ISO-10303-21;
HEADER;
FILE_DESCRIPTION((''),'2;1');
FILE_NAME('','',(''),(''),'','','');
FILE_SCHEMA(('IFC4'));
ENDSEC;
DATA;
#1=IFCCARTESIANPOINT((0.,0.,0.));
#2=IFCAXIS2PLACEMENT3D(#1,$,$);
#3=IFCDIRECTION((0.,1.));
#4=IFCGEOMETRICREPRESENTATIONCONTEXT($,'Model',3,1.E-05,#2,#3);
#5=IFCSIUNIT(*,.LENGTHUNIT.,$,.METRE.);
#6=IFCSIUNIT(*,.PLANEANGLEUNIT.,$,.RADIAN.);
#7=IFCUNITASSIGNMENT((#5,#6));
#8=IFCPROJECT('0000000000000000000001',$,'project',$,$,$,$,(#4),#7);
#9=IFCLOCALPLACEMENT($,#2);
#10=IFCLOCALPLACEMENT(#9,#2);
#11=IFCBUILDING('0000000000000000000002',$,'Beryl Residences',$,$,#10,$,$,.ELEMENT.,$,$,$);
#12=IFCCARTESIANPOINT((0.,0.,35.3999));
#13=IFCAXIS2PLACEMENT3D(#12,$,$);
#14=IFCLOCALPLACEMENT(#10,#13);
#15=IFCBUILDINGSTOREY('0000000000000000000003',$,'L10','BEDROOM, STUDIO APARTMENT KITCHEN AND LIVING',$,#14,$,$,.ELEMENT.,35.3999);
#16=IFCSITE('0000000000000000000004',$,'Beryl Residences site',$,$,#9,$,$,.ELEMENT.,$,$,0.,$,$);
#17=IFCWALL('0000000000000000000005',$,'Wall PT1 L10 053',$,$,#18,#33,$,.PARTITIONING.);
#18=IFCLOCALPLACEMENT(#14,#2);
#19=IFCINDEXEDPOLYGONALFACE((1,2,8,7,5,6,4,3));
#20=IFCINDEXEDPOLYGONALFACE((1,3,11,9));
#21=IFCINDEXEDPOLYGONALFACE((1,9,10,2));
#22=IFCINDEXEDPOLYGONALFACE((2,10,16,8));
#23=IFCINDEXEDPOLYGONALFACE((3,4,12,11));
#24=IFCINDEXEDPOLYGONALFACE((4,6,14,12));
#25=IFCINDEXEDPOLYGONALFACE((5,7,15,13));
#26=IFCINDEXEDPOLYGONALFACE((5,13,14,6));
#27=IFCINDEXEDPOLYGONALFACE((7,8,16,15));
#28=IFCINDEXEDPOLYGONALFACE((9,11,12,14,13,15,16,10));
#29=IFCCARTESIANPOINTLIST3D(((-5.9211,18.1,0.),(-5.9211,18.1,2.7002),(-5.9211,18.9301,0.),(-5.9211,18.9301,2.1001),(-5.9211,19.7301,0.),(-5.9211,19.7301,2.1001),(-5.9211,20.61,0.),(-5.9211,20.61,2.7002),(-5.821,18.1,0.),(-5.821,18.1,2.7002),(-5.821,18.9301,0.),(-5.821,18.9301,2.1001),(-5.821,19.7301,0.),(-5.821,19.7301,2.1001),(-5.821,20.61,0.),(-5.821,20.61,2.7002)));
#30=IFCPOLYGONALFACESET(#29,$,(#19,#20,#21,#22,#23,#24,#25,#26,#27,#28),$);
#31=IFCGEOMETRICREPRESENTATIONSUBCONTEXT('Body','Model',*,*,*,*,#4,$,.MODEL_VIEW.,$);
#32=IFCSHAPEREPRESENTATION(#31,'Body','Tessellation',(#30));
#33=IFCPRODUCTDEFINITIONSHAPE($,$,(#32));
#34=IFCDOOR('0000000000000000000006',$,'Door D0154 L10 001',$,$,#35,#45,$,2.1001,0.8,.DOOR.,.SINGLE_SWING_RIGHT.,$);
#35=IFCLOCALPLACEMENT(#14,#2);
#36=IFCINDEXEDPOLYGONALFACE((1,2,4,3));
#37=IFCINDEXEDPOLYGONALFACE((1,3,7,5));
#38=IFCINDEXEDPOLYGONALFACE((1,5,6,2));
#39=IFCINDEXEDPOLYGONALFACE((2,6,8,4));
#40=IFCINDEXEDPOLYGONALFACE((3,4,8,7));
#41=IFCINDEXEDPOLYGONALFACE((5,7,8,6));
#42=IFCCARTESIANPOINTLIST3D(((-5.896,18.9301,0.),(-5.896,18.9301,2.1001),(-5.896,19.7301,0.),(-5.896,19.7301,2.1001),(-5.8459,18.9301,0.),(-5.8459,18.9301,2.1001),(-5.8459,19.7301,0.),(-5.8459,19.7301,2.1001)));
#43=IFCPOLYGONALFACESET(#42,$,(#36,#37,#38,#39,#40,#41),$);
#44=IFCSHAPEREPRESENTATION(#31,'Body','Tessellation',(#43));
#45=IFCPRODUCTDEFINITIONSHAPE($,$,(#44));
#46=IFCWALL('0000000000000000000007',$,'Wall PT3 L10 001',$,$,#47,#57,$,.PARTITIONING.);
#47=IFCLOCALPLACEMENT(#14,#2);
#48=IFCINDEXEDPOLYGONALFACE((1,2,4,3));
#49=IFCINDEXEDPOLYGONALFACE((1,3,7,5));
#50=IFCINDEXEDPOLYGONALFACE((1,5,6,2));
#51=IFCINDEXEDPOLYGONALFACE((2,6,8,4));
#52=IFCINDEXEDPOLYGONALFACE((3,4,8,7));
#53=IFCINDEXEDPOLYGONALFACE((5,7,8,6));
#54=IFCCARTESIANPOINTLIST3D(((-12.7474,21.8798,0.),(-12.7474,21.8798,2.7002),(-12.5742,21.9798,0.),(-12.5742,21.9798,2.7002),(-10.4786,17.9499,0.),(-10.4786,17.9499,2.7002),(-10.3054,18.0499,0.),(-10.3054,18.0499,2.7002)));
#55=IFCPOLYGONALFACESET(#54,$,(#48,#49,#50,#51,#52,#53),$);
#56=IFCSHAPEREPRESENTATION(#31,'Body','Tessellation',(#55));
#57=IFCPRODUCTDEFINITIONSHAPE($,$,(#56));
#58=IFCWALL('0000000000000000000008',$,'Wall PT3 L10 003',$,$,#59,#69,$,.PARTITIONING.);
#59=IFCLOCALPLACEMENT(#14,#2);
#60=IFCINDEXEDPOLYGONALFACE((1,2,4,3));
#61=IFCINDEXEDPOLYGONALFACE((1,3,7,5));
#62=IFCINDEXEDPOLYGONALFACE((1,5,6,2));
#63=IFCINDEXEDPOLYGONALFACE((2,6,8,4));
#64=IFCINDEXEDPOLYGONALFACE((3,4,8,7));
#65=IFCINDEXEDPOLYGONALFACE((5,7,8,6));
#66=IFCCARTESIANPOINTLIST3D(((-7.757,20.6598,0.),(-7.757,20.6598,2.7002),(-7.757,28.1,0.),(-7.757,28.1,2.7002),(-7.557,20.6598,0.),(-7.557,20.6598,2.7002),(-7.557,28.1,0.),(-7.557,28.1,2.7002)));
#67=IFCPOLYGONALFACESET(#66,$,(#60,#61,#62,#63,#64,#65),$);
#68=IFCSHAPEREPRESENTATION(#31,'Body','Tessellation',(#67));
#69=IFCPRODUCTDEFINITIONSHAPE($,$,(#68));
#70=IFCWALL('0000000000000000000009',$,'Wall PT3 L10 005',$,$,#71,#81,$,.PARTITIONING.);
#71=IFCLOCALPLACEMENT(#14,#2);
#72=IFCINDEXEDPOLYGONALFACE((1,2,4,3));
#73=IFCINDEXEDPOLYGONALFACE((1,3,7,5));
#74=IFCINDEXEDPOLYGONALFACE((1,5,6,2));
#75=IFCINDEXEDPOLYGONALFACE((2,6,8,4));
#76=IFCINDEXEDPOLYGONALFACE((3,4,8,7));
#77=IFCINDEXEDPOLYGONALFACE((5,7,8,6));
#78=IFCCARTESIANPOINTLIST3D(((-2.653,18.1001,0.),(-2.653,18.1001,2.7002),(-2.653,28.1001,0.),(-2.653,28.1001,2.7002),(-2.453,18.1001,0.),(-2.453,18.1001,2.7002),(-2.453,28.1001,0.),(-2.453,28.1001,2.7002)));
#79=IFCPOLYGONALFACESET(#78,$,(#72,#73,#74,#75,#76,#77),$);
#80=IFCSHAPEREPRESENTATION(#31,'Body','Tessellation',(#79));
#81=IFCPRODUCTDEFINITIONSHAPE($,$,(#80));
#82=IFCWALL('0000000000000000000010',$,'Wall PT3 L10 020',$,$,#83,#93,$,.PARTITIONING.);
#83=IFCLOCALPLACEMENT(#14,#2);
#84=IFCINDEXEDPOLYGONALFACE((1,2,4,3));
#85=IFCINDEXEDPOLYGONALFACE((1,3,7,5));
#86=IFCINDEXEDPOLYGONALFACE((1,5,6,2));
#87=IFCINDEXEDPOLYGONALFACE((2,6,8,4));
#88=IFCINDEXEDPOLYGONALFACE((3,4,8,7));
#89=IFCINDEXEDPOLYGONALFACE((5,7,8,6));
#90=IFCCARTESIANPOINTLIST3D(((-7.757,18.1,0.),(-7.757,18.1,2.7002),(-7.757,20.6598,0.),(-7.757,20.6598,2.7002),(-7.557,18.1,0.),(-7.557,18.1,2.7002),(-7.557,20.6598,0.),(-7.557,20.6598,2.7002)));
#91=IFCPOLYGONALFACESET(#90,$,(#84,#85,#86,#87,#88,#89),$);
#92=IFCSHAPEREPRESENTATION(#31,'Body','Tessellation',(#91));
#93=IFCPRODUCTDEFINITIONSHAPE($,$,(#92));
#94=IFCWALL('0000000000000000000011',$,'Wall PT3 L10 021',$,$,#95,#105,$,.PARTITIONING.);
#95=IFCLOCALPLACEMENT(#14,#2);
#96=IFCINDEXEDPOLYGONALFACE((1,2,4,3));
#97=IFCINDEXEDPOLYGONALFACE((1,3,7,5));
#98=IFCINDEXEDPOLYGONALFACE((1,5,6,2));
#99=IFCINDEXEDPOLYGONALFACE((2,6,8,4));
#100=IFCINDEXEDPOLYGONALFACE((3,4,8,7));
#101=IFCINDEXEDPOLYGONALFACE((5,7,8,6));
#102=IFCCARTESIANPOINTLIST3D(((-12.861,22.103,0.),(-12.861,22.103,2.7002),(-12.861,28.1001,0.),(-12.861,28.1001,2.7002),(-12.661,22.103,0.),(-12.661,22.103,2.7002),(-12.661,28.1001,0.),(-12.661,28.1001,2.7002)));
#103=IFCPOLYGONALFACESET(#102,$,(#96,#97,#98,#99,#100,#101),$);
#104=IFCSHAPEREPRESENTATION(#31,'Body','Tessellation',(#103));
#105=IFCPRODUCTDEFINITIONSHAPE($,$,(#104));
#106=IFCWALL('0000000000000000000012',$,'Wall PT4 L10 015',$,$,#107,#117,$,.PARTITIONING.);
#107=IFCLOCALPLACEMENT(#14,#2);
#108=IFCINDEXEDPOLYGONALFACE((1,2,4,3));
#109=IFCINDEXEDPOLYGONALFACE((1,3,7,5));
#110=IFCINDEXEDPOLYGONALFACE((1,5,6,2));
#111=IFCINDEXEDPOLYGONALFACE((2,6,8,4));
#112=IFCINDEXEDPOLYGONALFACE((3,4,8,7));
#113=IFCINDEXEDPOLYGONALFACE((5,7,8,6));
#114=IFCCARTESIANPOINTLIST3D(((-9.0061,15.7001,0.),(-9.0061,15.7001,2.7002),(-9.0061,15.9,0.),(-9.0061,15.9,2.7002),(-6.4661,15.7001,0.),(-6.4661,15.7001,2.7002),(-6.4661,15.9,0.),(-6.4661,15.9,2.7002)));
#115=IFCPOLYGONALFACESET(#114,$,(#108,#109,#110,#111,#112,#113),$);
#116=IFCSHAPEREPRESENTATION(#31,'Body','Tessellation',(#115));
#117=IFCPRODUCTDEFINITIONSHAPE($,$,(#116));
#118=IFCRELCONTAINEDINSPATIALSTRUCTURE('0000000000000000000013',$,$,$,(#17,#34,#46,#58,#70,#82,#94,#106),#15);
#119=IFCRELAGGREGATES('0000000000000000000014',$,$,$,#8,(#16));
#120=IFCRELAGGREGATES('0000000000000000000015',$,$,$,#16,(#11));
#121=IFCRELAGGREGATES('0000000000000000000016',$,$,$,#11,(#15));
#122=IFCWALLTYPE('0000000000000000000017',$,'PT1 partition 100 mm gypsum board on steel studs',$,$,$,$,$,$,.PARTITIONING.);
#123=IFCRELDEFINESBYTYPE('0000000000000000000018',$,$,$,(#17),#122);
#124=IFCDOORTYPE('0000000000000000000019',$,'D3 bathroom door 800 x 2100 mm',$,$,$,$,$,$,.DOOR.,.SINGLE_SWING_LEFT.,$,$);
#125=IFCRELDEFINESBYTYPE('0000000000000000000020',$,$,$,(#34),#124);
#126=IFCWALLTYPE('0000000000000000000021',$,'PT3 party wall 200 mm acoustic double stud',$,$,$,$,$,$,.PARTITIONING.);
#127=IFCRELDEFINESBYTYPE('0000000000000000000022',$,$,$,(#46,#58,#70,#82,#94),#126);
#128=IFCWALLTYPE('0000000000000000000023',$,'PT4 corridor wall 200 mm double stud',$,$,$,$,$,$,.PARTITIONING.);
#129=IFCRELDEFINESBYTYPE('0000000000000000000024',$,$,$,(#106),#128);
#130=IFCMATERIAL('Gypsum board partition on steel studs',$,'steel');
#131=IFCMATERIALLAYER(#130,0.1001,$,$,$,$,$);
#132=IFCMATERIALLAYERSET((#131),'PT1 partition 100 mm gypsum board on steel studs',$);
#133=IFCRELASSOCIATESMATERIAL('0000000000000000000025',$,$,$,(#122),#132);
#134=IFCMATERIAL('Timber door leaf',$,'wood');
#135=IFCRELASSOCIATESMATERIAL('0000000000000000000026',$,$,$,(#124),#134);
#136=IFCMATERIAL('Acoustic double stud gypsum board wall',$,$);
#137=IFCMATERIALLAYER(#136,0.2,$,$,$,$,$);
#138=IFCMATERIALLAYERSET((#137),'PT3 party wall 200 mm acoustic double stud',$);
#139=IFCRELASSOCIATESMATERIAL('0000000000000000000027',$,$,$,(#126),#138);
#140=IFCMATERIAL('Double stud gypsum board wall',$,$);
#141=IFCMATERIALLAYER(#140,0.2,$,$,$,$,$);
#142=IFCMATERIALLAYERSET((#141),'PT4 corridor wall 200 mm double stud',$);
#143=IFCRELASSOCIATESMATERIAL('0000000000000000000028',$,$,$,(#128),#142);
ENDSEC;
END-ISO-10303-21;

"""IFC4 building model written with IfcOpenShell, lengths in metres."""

from ifc_helpers import new_model, si_unit, direction, frame, frame_2d, origin, place, context, subcontext, project, spatial, rectangle, extrude, material, layer, layer_set, type_object, element, fill, save


model = new_model("IFC4")

# Units and contexts
model_context = context("Model", 3, precision=1e-05, world=origin(), true_north=direction((0.0, 1.0)))
body_context = subcontext(model_context, "Body", "Model", "MODEL_VIEW")
ifc_project = project(units=[si_unit("LENGTHUNIT", "METRE"), si_unit("PLANEANGLEUNIT", "RADIAN")], contexts=[model_context])

# Site, building, storey
site_placement = place(None, origin())
site = spatial("IfcSite", under=ifc_project, at=site_placement, Name="Beryl Residences site", CompositionType="ELEMENT", RefElevation=0.0)
building_placement = place(site_placement, origin())
building = spatial("IfcBuilding", under=site, at=building_placement, Name="Beryl Residences", CompositionType="ELEMENT")
storey_placement = place(building_placement, frame((0.0, 0.0, 35.3999)))
storey = spatial("IfcBuildingStorey", under=building, at=storey_placement, Name="L10", Description="BEDROOM, STUDIO APARTMENT KITCHEN AND LIVING", CompositionType="ELEMENT", Elevation=35.3999)

# Shared definitions
ifc_material_1 = material(Name="Gypsum board partition on steel studs", Category="steel")
ifc_layer_1 = layer(ifc_material_1, 0.1001)
ifc_layer_set_1 = layer_set([ifc_layer_1], Name="PT1 partition 100 mm gypsum board on steel studs")
wall_type_1 = type_object("IfcWallType", Name="PT1 partition 100 mm gypsum board on steel studs", PredefinedType="PARTITIONING", material=ifc_layer_set_1)

# Wall, opening, door
wall_1_placement = place(storey_placement, frame((-5.8711, 18.1001, 0.0), z_axis=(0.0, 0.0, 1.0), x_axis=(0.0, 1.0, 0.0)))
wall_1 = element("IfcWall", 1, at=wall_1_placement, inside=storey, type_object=wall_type_1, Name="Wall PT1 L10 053", PredefinedType="PARTITIONING", context=body_context, shape_type="SweptSolid", body=[
    extrude(rectangle(XDim=2.51, YDim=0.1001, at=frame_2d((1.2549, 0.0))), origin(), (0.0, 0.0, 1.0), 2.7002),
])
opening_1_placement = place(wall_1_placement, frame((0.8301, 0.0, 0.0)))
opening_1 = element("IfcOpeningElement", 2, at=opening_1_placement, cuts=wall_1, PredefinedType="OPENING", context=body_context, shape_type="SweptSolid", body=[
    extrude(rectangle(XDim=0.8, YDim=2.1001, at=frame_2d((0.3999, 1.05))), frame((0.0, 0.0601, 0.0), z_axis=(0.0, -1.0, 0.0), x_axis=(1.0, 0.0, 0.0)), (0.0, 0.0, 1.0), 0.1201),
])
ifc_material_2 = material(Name="Timber door leaf", Category="wood")
door_type_1 = type_object("IfcDoorType", Name="D3 bathroom door 800 x 2100 mm", OperationType="SINGLE_SWING_LEFT", PredefinedType="DOOR", material=ifc_material_2)
door_1_placement = place(opening_1_placement, origin())
door_1 = element("IfcDoor", 3, at=door_1_placement, inside=storey, type_object=door_type_1, Name="Door D0154 L10 001", OperationType="SINGLE_SWING_RIGHT", OverallHeight=2.1001, OverallWidth=0.8, PredefinedType="DOOR", context=body_context, shape_type="SweptSolid", body=[
    extrude(rectangle(XDim=0.8, YDim=2.1001, at=frame_2d((0.3999, 1.05))), frame((0.0, 0.0249, 0.0), z_axis=(0.0, -1.0, 0.0), x_axis=(1.0, 0.0, 0.0)), (0.0, 0.0, 1.0), 0.05),
])
fill(opening_1, door_1)

# Walls
ifc_material_3 = material(Name="Acoustic double stud gypsum board wall")
ifc_layer_2 = layer(ifc_material_3, 0.2)
ifc_layer_set_2 = layer_set([ifc_layer_2], Name="PT3 party wall 200 mm acoustic double stud")
wall_type_2 = type_object("IfcWallType", Name="PT3 party wall 200 mm acoustic double stud", PredefinedType="PARTITIONING", material=ifc_layer_set_2)
wall_2_placement = place(storey_placement, frame((-12.6609, 21.9299, 0.0), z_axis=(0.0, 0.0, 1.0), x_axis=(0.499975, -0.86604, 0.0)))
element("IfcWall", 4, at=wall_2_placement, inside=storey, type_object=wall_type_2, Name="Wall PT3 L10 001", PredefinedType="PARTITIONING", context=body_context, shape_type="SweptSolid", body=[
    extrude(rectangle(XDim=4.5378, YDim=0.2, at=frame_2d((2.269, 0.0))), origin(), (0.0, 0.0, 1.0), 2.7002),
])
wall_3_placement = place(storey_placement, frame((-7.657, 28.1001, 0.0), z_axis=(0.0, 0.0, 1.0), x_axis=(0.0, -1.0, 0.0)))
element("IfcWall", 5, at=wall_3_placement, inside=storey, type_object=wall_type_2, Name="Wall PT3 L10 003", PredefinedType="PARTITIONING", context=body_context, shape_type="SweptSolid", body=[
    extrude(rectangle(XDim=7.4402, YDim=0.2, at=frame_2d((3.7202, 0.0))), origin(), (0.0, 0.0, 1.0), 2.7002),
])
wall_4_placement = place(storey_placement, frame((-2.553, 28.1001, 0.0), z_axis=(0.0, 0.0, 1.0), x_axis=(0.0, -1.0, 0.0)))
element("IfcWall", 6, at=wall_4_placement, inside=storey, type_object=wall_type_2, Name="Wall PT3 L10 005", PredefinedType="PARTITIONING", context=body_context, shape_type="SweptSolid", body=[
    extrude(rectangle(XDim=10.0, YDim=0.2, at=frame_2d((5.0, 0.0))), origin(), (0.0, 0.0, 1.0), 2.7002),
])
wall_5_placement = place(storey_placement, frame((-7.657, 18.1001, 0.0), z_axis=(0.0, 0.0, 1.0), x_axis=(0.0, 1.0, 0.0)))
element("IfcWall", 7, at=wall_5_placement, inside=storey, type_object=wall_type_2, Name="Wall PT3 L10 020", PredefinedType="PARTITIONING", context=body_context, shape_type="SweptSolid", body=[
    extrude(rectangle(XDim=2.5598, YDim=0.2, at=frame_2d((1.2798, 0.0))), origin(), (0.0, 0.0, 1.0), 2.7002),
])
wall_6_placement = place(storey_placement, frame((-12.761, 22.103, 0.0), z_axis=(0.0, 0.0, 1.0), x_axis=(0.0, 1.0, 0.0)))
element("IfcWall", 8, at=wall_6_placement, inside=storey, type_object=wall_type_2, Name="Wall PT3 L10 021", PredefinedType="PARTITIONING", context=body_context, shape_type="SweptSolid", body=[
    extrude(rectangle(XDim=5.9971, YDim=0.2, at=frame_2d((2.9985, 0.0))), origin(), (0.0, 0.0, 1.0), 2.7002),
])
ifc_material_4 = material(Name="Double stud gypsum board wall")
ifc_layer_3 = layer(ifc_material_4, 0.2)
ifc_layer_set_3 = layer_set([ifc_layer_3], Name="PT4 corridor wall 200 mm double stud")
wall_type_3 = type_object("IfcWallType", Name="PT4 corridor wall 200 mm double stud", PredefinedType="PARTITIONING", material=ifc_layer_set_3)
wall_7_placement = place(storey_placement, frame((-9.0061, 15.8, 0.0), z_axis=(0.0, 0.0, 1.0), x_axis=(1.0, 0.0, 0.0)))
element("IfcWall", 9, at=wall_7_placement, inside=storey, type_object=wall_type_3, Name="Wall PT4 L10 015", PredefinedType="PARTITIONING", context=body_context, shape_type="SweptSolid", body=[
    extrude(rectangle(XDim=2.54, YDim=0.2, at=frame_2d((1.27, 0.0))), origin(), (0.0, 0.0, 1.0), 2.7002),
])

save(model, "model.ifc")
